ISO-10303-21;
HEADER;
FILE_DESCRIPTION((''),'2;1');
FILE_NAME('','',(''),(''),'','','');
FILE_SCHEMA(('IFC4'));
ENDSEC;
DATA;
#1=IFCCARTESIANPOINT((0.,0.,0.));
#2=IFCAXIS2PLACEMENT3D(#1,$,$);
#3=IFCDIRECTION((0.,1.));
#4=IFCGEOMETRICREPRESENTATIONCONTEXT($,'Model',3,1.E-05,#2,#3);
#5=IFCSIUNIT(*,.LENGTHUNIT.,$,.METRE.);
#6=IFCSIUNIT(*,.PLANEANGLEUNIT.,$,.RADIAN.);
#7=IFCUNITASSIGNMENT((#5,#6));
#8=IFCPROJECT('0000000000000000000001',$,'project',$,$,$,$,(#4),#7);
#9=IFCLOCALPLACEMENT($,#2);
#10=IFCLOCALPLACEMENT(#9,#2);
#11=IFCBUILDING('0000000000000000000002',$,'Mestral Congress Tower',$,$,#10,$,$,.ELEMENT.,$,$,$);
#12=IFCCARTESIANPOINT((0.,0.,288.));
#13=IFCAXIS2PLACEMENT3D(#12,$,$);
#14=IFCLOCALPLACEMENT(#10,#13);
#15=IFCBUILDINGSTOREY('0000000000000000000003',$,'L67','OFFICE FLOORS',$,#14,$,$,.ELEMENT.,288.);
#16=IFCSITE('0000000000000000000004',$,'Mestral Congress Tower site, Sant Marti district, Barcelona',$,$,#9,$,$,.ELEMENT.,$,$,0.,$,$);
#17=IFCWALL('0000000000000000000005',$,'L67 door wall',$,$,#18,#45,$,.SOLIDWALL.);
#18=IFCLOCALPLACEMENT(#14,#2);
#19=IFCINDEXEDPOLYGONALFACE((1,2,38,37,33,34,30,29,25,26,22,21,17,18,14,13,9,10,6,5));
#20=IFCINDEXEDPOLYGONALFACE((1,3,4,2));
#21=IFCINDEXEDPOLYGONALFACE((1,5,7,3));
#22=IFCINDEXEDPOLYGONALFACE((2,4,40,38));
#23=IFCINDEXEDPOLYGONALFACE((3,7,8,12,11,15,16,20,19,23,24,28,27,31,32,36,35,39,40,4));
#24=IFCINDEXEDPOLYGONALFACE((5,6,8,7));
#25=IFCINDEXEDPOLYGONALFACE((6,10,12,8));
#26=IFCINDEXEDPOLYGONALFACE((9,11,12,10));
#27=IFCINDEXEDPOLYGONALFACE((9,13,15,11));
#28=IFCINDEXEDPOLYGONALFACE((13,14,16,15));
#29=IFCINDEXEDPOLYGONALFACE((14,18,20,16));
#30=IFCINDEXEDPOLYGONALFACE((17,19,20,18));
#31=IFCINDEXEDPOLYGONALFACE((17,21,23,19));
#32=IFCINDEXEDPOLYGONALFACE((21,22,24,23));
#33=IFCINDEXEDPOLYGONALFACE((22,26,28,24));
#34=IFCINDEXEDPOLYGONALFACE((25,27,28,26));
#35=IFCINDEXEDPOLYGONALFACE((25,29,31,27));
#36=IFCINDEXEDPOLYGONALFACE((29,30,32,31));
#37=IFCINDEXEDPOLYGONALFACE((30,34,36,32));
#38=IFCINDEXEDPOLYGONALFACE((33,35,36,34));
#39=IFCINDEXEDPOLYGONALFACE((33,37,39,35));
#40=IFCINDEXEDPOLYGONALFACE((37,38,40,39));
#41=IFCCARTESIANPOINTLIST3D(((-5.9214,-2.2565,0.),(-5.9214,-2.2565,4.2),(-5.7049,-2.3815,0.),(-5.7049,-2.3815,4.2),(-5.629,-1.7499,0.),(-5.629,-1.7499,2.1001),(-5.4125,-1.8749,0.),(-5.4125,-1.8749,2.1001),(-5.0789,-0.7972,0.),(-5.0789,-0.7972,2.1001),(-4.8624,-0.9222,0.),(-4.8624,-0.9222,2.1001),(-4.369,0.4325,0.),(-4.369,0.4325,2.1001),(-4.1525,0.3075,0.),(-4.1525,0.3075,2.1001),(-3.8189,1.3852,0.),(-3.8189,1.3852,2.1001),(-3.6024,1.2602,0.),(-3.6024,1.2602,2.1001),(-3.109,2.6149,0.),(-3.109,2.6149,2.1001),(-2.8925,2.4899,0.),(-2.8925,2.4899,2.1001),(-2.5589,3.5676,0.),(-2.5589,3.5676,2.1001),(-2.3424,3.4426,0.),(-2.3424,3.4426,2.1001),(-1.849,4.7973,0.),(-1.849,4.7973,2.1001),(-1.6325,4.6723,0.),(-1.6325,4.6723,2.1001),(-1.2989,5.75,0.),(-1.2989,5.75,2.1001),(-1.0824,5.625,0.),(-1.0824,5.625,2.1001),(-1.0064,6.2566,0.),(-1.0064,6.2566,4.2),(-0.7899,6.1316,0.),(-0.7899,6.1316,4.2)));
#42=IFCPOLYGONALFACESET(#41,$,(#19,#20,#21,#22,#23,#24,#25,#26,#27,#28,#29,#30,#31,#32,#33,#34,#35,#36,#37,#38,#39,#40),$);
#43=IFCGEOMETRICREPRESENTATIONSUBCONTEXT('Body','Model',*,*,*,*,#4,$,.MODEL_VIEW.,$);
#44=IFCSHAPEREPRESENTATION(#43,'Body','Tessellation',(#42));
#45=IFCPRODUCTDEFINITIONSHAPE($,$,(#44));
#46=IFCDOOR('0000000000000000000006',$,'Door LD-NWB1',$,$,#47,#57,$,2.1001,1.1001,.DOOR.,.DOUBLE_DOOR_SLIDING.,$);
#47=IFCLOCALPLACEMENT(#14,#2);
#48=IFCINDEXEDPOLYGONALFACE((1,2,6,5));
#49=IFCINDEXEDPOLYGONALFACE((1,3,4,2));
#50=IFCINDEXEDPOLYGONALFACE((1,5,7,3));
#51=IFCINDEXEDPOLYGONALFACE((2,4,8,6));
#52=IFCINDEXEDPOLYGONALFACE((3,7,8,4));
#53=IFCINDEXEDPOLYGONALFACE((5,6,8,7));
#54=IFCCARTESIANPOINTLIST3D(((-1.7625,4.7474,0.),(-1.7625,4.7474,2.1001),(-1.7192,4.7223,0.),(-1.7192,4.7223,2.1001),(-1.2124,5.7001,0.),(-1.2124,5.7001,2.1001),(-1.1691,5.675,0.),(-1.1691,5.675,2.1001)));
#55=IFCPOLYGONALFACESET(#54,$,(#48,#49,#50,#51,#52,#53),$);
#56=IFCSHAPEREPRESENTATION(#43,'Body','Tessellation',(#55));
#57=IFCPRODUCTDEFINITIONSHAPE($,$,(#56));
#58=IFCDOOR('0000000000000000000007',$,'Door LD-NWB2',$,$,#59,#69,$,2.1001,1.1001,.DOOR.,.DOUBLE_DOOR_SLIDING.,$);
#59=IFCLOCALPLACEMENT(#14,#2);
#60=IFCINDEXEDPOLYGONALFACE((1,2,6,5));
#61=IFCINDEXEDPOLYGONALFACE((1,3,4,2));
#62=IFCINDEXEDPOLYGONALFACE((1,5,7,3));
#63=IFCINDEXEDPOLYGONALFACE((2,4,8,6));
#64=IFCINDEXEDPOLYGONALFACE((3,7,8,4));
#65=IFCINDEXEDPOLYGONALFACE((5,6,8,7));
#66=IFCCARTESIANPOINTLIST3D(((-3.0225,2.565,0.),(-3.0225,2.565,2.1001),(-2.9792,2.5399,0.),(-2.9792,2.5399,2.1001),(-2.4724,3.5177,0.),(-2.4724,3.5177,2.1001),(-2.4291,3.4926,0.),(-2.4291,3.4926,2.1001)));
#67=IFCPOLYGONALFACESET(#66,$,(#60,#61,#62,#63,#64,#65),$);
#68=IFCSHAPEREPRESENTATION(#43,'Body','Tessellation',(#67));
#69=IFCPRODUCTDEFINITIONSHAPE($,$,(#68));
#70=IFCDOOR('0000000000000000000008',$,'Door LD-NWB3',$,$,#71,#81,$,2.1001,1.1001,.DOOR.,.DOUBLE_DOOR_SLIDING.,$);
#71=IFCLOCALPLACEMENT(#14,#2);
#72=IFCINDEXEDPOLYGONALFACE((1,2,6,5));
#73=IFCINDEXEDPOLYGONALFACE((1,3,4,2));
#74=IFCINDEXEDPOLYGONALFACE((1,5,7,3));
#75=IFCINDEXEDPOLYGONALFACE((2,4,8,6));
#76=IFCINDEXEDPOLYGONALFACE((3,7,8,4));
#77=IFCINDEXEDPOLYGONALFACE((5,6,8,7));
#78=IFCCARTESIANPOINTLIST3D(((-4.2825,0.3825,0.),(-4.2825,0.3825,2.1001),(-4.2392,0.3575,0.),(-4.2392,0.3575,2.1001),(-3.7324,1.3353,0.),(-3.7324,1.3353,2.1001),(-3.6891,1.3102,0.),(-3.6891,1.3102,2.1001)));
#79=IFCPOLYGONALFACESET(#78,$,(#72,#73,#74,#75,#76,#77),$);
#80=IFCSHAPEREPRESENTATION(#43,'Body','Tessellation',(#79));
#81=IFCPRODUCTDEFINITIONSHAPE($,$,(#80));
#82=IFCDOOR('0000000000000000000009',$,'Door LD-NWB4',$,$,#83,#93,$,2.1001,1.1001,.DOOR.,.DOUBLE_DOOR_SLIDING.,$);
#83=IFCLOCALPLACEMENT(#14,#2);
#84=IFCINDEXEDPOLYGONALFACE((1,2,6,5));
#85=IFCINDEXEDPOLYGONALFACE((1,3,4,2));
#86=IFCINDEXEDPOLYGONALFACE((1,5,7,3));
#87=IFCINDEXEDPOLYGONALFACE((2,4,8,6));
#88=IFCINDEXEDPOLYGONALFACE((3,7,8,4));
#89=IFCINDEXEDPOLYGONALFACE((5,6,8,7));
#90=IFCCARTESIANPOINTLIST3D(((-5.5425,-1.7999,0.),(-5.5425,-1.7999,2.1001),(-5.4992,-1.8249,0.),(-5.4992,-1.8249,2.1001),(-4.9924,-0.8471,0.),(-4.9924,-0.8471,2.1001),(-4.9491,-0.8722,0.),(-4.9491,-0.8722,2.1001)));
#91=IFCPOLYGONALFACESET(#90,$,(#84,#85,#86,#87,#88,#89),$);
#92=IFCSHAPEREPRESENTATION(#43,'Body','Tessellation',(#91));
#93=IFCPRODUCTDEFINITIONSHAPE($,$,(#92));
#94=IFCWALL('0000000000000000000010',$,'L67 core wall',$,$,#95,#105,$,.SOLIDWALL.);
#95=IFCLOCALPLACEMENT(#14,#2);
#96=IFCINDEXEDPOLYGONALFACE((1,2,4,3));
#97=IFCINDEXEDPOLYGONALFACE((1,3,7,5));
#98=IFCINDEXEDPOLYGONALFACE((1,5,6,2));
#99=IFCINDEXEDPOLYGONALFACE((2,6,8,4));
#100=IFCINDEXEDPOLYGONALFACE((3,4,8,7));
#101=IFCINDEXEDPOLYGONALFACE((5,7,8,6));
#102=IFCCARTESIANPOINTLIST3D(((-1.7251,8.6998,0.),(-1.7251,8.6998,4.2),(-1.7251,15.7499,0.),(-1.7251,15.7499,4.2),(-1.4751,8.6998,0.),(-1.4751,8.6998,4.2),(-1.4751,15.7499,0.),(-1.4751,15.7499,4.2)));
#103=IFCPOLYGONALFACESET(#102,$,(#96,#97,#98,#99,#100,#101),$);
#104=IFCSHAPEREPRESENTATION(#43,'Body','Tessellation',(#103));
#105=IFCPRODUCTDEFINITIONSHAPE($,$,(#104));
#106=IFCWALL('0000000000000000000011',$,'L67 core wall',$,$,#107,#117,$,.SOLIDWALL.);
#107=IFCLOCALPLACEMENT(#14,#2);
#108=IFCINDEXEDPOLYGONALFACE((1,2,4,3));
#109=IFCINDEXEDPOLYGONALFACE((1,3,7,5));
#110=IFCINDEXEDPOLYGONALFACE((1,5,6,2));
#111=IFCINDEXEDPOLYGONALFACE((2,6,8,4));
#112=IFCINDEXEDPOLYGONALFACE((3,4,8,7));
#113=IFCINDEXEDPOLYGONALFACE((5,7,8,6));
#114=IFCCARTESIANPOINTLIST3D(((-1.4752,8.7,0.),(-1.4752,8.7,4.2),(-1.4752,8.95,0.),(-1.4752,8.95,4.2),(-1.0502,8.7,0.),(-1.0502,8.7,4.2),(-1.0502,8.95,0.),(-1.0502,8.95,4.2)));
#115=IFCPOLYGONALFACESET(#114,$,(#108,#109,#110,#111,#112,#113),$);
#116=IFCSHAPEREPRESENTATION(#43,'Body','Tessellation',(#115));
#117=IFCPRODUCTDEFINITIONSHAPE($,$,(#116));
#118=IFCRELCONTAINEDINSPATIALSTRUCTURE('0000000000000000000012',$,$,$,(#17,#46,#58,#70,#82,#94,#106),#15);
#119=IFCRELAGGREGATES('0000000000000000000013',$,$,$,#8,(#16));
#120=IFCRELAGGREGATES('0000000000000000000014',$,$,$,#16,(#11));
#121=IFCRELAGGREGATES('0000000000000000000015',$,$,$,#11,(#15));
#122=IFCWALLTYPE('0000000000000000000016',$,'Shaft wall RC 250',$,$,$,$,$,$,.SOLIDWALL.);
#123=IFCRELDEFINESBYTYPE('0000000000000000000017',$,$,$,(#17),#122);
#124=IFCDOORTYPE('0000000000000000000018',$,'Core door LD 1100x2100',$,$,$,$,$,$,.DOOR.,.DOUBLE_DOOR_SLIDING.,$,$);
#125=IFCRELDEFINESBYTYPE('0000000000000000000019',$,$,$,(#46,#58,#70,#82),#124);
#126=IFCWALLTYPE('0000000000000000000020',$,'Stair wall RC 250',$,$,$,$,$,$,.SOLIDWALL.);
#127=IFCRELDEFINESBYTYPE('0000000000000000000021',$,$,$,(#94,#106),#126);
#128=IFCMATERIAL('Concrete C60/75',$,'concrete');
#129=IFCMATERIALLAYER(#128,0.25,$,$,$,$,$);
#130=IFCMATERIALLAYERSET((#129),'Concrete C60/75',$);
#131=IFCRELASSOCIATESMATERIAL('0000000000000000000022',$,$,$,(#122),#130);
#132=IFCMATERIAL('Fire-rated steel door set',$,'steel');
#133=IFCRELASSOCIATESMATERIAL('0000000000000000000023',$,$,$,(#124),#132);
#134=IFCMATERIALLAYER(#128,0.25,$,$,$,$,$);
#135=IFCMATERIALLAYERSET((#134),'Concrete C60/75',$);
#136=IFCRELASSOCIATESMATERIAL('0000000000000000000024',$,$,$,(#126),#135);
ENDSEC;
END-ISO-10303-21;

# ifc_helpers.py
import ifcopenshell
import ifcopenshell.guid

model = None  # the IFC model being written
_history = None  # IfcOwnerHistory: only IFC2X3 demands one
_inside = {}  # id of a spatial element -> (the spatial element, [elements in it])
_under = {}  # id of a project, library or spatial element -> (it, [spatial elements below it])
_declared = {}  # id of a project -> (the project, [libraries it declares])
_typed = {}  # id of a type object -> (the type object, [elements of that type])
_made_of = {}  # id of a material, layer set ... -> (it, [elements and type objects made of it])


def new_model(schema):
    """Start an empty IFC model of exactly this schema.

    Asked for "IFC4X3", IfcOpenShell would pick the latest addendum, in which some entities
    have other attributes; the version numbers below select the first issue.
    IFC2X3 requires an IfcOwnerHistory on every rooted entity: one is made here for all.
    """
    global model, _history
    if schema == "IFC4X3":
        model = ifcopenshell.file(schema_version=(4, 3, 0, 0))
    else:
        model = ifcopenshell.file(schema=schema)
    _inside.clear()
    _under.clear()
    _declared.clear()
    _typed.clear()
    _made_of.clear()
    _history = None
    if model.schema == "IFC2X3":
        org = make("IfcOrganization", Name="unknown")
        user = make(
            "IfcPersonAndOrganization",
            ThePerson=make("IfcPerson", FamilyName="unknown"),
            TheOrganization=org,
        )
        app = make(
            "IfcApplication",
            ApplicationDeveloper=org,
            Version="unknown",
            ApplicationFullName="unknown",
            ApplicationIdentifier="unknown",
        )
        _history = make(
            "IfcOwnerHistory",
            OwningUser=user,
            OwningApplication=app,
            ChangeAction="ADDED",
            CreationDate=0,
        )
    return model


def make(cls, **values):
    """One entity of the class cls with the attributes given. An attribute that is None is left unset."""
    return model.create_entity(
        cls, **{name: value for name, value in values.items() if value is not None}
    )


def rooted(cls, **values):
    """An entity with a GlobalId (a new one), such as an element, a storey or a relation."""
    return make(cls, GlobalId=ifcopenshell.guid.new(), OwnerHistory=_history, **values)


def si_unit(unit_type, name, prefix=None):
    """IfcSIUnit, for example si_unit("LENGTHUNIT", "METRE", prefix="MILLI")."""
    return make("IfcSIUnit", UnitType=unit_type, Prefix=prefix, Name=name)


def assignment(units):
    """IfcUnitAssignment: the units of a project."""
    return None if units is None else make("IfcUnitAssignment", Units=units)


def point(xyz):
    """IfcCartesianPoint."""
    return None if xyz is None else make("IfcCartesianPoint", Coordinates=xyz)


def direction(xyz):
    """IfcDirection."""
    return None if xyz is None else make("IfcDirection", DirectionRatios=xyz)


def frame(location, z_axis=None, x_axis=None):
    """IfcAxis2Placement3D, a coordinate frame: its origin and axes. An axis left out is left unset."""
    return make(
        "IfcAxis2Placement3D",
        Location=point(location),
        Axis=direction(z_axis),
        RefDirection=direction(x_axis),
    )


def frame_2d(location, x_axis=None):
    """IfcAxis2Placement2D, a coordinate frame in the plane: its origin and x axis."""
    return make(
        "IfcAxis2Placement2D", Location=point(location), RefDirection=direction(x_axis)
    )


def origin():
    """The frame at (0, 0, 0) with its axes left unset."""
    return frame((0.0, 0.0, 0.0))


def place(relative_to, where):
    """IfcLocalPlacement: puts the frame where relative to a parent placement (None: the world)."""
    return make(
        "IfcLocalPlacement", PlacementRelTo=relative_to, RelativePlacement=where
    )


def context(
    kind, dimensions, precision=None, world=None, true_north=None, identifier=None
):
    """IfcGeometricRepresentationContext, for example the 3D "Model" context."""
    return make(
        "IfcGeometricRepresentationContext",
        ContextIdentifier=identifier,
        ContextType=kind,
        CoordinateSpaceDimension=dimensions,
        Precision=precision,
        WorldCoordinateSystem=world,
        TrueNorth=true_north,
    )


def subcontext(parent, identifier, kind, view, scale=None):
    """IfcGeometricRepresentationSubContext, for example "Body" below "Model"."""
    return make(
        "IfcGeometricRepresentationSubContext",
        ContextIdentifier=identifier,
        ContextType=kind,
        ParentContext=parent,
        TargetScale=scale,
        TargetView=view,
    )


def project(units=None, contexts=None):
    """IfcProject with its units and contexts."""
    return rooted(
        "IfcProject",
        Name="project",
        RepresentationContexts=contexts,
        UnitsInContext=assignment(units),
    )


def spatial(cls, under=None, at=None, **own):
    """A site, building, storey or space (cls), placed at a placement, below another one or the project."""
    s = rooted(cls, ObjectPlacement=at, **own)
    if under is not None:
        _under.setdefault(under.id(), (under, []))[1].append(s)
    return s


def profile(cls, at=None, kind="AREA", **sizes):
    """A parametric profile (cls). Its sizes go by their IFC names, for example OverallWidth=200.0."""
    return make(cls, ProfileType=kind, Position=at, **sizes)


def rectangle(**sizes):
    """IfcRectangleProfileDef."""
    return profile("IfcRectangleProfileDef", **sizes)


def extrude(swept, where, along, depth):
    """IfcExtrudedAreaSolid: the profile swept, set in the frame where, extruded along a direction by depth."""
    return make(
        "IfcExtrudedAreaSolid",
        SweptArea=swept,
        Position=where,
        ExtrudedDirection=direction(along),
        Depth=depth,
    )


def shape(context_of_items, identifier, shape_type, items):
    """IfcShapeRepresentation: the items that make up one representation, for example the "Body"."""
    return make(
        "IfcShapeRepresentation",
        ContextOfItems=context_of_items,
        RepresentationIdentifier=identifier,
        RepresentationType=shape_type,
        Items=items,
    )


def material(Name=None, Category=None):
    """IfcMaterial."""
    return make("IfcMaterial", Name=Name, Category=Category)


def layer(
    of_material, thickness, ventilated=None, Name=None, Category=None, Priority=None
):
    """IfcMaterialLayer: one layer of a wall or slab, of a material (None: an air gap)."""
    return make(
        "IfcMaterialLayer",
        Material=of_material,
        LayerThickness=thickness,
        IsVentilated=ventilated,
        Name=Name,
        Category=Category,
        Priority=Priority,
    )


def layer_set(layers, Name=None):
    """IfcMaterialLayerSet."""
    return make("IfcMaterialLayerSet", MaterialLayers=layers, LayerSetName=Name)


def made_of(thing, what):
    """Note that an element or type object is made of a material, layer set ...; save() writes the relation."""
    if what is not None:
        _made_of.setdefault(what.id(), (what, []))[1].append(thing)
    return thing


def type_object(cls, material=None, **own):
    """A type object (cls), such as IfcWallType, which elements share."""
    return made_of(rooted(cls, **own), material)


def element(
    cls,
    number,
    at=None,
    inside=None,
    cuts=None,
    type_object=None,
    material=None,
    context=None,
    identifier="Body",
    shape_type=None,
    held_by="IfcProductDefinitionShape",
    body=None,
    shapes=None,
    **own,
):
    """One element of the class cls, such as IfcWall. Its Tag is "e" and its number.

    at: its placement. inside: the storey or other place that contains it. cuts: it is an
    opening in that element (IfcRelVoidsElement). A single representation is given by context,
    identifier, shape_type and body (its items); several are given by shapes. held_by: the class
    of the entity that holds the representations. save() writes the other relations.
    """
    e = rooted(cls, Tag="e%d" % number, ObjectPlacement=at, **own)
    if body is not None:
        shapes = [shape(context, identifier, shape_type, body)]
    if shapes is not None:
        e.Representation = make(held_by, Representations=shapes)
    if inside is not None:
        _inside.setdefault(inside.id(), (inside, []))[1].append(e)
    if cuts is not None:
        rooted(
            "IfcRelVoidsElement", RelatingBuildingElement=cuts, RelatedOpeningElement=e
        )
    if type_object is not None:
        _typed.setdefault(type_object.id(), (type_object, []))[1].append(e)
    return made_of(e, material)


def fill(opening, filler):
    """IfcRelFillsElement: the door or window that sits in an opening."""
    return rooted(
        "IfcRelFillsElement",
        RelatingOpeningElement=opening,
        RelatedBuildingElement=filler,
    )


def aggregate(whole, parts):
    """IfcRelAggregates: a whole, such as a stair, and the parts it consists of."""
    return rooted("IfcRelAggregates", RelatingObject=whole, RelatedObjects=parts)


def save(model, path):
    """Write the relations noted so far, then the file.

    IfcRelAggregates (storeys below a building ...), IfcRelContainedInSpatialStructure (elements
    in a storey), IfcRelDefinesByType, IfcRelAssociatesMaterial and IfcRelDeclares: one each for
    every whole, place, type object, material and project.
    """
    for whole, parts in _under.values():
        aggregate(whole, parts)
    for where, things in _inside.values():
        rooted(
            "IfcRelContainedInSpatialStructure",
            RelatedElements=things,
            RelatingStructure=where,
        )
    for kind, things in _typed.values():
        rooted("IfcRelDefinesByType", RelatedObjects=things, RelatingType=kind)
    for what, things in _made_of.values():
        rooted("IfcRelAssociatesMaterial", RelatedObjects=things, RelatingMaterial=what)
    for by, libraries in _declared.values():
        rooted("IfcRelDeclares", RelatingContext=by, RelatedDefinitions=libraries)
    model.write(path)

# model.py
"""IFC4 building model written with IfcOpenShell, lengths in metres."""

from ifc_helpers import new_model, si_unit, direction, frame, frame_2d, origin, place, context, subcontext, project, spatial, rectangle, extrude, material, layer, layer_set, type_object, element, fill, save


model = new_model("IFC4")

# Units and contexts
model_context = context("Model", 3, precision=1e-05, world=origin(), true_north=direction((0.0, 1.0)))
body_context = subcontext(model_context, "Body", "Model", "MODEL_VIEW")
ifc_project = project(units=[si_unit("LENGTHUNIT", "METRE"), si_unit("PLANEANGLEUNIT", "RADIAN")], contexts=[model_context])

# Site, building, storey
site_placement = place(None, origin())
site = spatial("IfcSite", under=ifc_project, at=site_placement, Name="Mestral Congress Tower site, Sant Marti district, Barcelona", CompositionType="ELEMENT", RefElevation=0.0)
building_placement = place(site_placement, origin())
building = spatial("IfcBuilding", under=site, at=building_placement, Name="Mestral Congress Tower", CompositionType="ELEMENT")
storey_placement = place(building_placement, frame((0.0, 0.0, 288.0)))
storey = spatial("IfcBuildingStorey", under=building, at=storey_placement, Name="L67", Description="OFFICE FLOORS", CompositionType="ELEMENT", Elevation=288.0)

# Shared definitions
ifc_material_1 = material(Name="Concrete C60/75", Category="concrete")

# Shared definitions
ifc_material_2 = material(Name="Fire-rated steel door set", Category="steel")

# Shared definitions
ifc_layer_1 = layer(ifc_material_1, 0.25)
ifc_layer_set_1 = layer_set([ifc_layer_1], Name="Concrete C60/75")
wall_type_1 = type_object("IfcWallType", Name="Shaft wall RC 250", PredefinedType="SOLIDWALL", material=ifc_layer_set_1)

# Wall, openings, doors
wall_1_placement = place(storey_placement, frame((-0.8982, 6.1941, 0.0), z_axis=(0.0, 0.0, 1.0), x_axis=(-0.499996, -0.866028, 0.0)))
wall_1 = element("IfcWall", 1, at=wall_1_placement, inside=storey, type_object=wall_type_1, Name="L67 door wall", PredefinedType="SOLIDWALL", context=body_context, shape_type="SweptSolid", body=[
    extrude(rectangle(XDim=9.8301, YDim=0.25, at=frame_2d((4.915, 0.0))), origin(), (0.0, 0.0, 1.0), 4.2),
])
opening_1_placement = place(wall_1_placement, frame((0.585, 0.0, 0.0)))
opening_1 = element("IfcOpeningElement", 2, at=opening_1_placement, cuts=wall_1, PredefinedType="OPENING", context=body_context, shape_type="SweptSolid", body=[
    extrude(rectangle(XDim=1.1001, YDim=2.1001, at=frame_2d((0.55, 1.05))), frame((0.0, 0.135, 0.0), z_axis=(0.0, -1.0, 0.0), x_axis=(1.0, 0.0, 0.0)), (0.0, 0.0, 1.0), 0.27),
])
opening_2_placement = place(wall_1_placement, frame((3.105, 0.0, 0.0)))
opening_2 = element("IfcOpeningElement", 3, at=opening_2_placement, cuts=wall_1, PredefinedType="OPENING", context=body_context, shape_type="SweptSolid", body=[
    extrude(rectangle(XDim=1.1001, YDim=2.1001, at=frame_2d((0.55, 1.05))), frame((0.0, 0.135, 0.0), z_axis=(0.0, -1.0, 0.0), x_axis=(1.0, 0.0, 0.0)), (0.0, 0.0, 1.0), 0.27),
])
opening_3_placement = place(wall_1_placement, frame((5.625, 0.0, 0.0)))
opening_3 = element("IfcOpeningElement", 4, at=opening_3_placement, cuts=wall_1, PredefinedType="OPENING", context=body_context, shape_type="SweptSolid", body=[
    extrude(rectangle(XDim=1.1001, YDim=2.1001, at=frame_2d((0.55, 1.05))), frame((0.0, 0.135, 0.0), z_axis=(0.0, -1.0, 0.0), x_axis=(1.0, 0.0, 0.0)), (0.0, 0.0, 1.0), 0.27),
])
opening_4_placement = place(wall_1_placement, frame((8.145, 0.0, 0.0)))
opening_4 = element("IfcOpeningElement", 5, at=opening_4_placement, cuts=wall_1, PredefinedType="OPENING", context=body_context, shape_type="SweptSolid", body=[
    extrude(rectangle(XDim=1.1001, YDim=2.1001, at=frame_2d((0.55, 1.05))), frame((0.0, 0.135, 0.0), z_axis=(0.0, -1.0, 0.0), x_axis=(1.0, 0.0, 0.0)), (0.0, 0.0, 1.0), 0.27),
])
door_type_1 = type_object("IfcDoorType", Name="Core door LD 1100x2100", OperationType="DOUBLE_DOOR_SLIDING", PredefinedType="DOOR", material=ifc_material_2)
door_1_placement = place(opening_1_placement, origin())
door_1 = element("IfcDoor", 6, at=door_1_placement, inside=storey, type_object=door_type_1, Name="Door LD-NWB1", OperationType="DOUBLE_DOOR_SLIDING", OverallHeight=2.1001, OverallWidth=1.1001, PredefinedType="DOOR", context=body_context, shape_type="SweptSolid", body=[
    extrude(rectangle(XDim=1.1001, YDim=2.1001, at=frame_2d((0.55, 1.05))), frame((0.0, 0.0249, 0.0), z_axis=(0.0, -1.0, 0.0), x_axis=(1.0, 0.0, 0.0)), (0.0, 0.0, 1.0), 0.05),
])
fill(opening_1, door_1)
door_2_placement = place(opening_2_placement, origin())
door_2 = element("IfcDoor", 7, at=door_2_placement, inside=storey, type_object=door_type_1, Name="Door LD-NWB2", OperationType="DOUBLE_DOOR_SLIDING", OverallHeight=2.1001, OverallWidth=1.1001, PredefinedType="DOOR", context=body_context, shape_type="SweptSolid", body=[
    extrude(rectangle(XDim=1.1001, YDim=2.1001, at=frame_2d((0.55, 1.05))), frame((0.0, 0.0249, 0.0), z_axis=(0.0, -1.0, 0.0), x_axis=(1.0, 0.0, 0.0)), (0.0, 0.0, 1.0), 0.05),
])
fill(opening_2, door_2)
door_3_placement = place(opening_3_placement, origin())
door_3 = element("IfcDoor", 8, at=door_3_placement, inside=storey, type_object=door_type_1, Name="Door LD-NWB3", OperationType="DOUBLE_DOOR_SLIDING", OverallHeight=2.1001, OverallWidth=1.1001, PredefinedType="DOOR", context=body_context, shape_type="SweptSolid", body=[
    extrude(rectangle(XDim=1.1001, YDim=2.1001, at=frame_2d((0.55, 1.05))), frame((0.0, 0.0249, 0.0), z_axis=(0.0, -1.0, 0.0), x_axis=(1.0, 0.0, 0.0)), (0.0, 0.0, 1.0), 0.05),
])
fill(opening_3, door_3)
door_4_placement = place(opening_4_placement, origin())
door_4 = element("IfcDoor", 9, at=door_4_placement, inside=storey, type_object=door_type_1, Name="Door LD-NWB4", OperationType="DOUBLE_DOOR_SLIDING", OverallHeight=2.1001, OverallWidth=1.1001, PredefinedType="DOOR", context=body_context, shape_type="SweptSolid", body=[
    extrude(rectangle(XDim=1.1001, YDim=2.1001, at=frame_2d((0.55, 1.05))), frame((0.0, 0.0249, 0.0), z_axis=(0.0, -1.0, 0.0), x_axis=(1.0, 0.0, 0.0)), (0.0, 0.0, 1.0), 0.05),
])
fill(opening_4, door_4)

# Walls
ifc_layer_2 = layer(ifc_material_1, 0.25)
ifc_layer_set_2 = layer_set([ifc_layer_2], Name="Concrete C60/75")
wall_type_2 = type_object("IfcWallType", Name="Stair wall RC 250", PredefinedType="SOLIDWALL", material=ifc_layer_set_2)
wall_2_placement = place(storey_placement, frame((-1.6001, 8.7, 0.0), z_axis=(0.0, 0.0, 1.0), x_axis=(0.0, 1.0, 0.0)))
element("IfcWall", 10, at=wall_2_placement, inside=storey, type_object=wall_type_2, Name="L67 core wall", PredefinedType="SOLIDWALL", context=body_context, shape_type="SweptSolid", body=[
    extrude(rectangle(XDim=7.05, YDim=0.25, at=frame_2d((3.5249, 0.0))), origin(), (0.0, 0.0, 1.0), 4.2),
])
wall_3_placement = place(storey_placement, frame((-1.4751, 8.825, 0.0), z_axis=(0.0, 0.0, 1.0), x_axis=(1.0, 0.0, 0.0)))
element("IfcWall", 11, at=wall_3_placement, inside=storey, type_object=wall_type_2, Name="L67 core wall", PredefinedType="SOLIDWALL", context=body_context, shape_type="SweptSolid", body=[
    extrude(rectangle(XDim=0.425, YDim=0.25, at=frame_2d((0.2124, 0.0))), origin(), (0.0, 0.0, 1.0), 4.2),
])

save(model, "model.ifc")
